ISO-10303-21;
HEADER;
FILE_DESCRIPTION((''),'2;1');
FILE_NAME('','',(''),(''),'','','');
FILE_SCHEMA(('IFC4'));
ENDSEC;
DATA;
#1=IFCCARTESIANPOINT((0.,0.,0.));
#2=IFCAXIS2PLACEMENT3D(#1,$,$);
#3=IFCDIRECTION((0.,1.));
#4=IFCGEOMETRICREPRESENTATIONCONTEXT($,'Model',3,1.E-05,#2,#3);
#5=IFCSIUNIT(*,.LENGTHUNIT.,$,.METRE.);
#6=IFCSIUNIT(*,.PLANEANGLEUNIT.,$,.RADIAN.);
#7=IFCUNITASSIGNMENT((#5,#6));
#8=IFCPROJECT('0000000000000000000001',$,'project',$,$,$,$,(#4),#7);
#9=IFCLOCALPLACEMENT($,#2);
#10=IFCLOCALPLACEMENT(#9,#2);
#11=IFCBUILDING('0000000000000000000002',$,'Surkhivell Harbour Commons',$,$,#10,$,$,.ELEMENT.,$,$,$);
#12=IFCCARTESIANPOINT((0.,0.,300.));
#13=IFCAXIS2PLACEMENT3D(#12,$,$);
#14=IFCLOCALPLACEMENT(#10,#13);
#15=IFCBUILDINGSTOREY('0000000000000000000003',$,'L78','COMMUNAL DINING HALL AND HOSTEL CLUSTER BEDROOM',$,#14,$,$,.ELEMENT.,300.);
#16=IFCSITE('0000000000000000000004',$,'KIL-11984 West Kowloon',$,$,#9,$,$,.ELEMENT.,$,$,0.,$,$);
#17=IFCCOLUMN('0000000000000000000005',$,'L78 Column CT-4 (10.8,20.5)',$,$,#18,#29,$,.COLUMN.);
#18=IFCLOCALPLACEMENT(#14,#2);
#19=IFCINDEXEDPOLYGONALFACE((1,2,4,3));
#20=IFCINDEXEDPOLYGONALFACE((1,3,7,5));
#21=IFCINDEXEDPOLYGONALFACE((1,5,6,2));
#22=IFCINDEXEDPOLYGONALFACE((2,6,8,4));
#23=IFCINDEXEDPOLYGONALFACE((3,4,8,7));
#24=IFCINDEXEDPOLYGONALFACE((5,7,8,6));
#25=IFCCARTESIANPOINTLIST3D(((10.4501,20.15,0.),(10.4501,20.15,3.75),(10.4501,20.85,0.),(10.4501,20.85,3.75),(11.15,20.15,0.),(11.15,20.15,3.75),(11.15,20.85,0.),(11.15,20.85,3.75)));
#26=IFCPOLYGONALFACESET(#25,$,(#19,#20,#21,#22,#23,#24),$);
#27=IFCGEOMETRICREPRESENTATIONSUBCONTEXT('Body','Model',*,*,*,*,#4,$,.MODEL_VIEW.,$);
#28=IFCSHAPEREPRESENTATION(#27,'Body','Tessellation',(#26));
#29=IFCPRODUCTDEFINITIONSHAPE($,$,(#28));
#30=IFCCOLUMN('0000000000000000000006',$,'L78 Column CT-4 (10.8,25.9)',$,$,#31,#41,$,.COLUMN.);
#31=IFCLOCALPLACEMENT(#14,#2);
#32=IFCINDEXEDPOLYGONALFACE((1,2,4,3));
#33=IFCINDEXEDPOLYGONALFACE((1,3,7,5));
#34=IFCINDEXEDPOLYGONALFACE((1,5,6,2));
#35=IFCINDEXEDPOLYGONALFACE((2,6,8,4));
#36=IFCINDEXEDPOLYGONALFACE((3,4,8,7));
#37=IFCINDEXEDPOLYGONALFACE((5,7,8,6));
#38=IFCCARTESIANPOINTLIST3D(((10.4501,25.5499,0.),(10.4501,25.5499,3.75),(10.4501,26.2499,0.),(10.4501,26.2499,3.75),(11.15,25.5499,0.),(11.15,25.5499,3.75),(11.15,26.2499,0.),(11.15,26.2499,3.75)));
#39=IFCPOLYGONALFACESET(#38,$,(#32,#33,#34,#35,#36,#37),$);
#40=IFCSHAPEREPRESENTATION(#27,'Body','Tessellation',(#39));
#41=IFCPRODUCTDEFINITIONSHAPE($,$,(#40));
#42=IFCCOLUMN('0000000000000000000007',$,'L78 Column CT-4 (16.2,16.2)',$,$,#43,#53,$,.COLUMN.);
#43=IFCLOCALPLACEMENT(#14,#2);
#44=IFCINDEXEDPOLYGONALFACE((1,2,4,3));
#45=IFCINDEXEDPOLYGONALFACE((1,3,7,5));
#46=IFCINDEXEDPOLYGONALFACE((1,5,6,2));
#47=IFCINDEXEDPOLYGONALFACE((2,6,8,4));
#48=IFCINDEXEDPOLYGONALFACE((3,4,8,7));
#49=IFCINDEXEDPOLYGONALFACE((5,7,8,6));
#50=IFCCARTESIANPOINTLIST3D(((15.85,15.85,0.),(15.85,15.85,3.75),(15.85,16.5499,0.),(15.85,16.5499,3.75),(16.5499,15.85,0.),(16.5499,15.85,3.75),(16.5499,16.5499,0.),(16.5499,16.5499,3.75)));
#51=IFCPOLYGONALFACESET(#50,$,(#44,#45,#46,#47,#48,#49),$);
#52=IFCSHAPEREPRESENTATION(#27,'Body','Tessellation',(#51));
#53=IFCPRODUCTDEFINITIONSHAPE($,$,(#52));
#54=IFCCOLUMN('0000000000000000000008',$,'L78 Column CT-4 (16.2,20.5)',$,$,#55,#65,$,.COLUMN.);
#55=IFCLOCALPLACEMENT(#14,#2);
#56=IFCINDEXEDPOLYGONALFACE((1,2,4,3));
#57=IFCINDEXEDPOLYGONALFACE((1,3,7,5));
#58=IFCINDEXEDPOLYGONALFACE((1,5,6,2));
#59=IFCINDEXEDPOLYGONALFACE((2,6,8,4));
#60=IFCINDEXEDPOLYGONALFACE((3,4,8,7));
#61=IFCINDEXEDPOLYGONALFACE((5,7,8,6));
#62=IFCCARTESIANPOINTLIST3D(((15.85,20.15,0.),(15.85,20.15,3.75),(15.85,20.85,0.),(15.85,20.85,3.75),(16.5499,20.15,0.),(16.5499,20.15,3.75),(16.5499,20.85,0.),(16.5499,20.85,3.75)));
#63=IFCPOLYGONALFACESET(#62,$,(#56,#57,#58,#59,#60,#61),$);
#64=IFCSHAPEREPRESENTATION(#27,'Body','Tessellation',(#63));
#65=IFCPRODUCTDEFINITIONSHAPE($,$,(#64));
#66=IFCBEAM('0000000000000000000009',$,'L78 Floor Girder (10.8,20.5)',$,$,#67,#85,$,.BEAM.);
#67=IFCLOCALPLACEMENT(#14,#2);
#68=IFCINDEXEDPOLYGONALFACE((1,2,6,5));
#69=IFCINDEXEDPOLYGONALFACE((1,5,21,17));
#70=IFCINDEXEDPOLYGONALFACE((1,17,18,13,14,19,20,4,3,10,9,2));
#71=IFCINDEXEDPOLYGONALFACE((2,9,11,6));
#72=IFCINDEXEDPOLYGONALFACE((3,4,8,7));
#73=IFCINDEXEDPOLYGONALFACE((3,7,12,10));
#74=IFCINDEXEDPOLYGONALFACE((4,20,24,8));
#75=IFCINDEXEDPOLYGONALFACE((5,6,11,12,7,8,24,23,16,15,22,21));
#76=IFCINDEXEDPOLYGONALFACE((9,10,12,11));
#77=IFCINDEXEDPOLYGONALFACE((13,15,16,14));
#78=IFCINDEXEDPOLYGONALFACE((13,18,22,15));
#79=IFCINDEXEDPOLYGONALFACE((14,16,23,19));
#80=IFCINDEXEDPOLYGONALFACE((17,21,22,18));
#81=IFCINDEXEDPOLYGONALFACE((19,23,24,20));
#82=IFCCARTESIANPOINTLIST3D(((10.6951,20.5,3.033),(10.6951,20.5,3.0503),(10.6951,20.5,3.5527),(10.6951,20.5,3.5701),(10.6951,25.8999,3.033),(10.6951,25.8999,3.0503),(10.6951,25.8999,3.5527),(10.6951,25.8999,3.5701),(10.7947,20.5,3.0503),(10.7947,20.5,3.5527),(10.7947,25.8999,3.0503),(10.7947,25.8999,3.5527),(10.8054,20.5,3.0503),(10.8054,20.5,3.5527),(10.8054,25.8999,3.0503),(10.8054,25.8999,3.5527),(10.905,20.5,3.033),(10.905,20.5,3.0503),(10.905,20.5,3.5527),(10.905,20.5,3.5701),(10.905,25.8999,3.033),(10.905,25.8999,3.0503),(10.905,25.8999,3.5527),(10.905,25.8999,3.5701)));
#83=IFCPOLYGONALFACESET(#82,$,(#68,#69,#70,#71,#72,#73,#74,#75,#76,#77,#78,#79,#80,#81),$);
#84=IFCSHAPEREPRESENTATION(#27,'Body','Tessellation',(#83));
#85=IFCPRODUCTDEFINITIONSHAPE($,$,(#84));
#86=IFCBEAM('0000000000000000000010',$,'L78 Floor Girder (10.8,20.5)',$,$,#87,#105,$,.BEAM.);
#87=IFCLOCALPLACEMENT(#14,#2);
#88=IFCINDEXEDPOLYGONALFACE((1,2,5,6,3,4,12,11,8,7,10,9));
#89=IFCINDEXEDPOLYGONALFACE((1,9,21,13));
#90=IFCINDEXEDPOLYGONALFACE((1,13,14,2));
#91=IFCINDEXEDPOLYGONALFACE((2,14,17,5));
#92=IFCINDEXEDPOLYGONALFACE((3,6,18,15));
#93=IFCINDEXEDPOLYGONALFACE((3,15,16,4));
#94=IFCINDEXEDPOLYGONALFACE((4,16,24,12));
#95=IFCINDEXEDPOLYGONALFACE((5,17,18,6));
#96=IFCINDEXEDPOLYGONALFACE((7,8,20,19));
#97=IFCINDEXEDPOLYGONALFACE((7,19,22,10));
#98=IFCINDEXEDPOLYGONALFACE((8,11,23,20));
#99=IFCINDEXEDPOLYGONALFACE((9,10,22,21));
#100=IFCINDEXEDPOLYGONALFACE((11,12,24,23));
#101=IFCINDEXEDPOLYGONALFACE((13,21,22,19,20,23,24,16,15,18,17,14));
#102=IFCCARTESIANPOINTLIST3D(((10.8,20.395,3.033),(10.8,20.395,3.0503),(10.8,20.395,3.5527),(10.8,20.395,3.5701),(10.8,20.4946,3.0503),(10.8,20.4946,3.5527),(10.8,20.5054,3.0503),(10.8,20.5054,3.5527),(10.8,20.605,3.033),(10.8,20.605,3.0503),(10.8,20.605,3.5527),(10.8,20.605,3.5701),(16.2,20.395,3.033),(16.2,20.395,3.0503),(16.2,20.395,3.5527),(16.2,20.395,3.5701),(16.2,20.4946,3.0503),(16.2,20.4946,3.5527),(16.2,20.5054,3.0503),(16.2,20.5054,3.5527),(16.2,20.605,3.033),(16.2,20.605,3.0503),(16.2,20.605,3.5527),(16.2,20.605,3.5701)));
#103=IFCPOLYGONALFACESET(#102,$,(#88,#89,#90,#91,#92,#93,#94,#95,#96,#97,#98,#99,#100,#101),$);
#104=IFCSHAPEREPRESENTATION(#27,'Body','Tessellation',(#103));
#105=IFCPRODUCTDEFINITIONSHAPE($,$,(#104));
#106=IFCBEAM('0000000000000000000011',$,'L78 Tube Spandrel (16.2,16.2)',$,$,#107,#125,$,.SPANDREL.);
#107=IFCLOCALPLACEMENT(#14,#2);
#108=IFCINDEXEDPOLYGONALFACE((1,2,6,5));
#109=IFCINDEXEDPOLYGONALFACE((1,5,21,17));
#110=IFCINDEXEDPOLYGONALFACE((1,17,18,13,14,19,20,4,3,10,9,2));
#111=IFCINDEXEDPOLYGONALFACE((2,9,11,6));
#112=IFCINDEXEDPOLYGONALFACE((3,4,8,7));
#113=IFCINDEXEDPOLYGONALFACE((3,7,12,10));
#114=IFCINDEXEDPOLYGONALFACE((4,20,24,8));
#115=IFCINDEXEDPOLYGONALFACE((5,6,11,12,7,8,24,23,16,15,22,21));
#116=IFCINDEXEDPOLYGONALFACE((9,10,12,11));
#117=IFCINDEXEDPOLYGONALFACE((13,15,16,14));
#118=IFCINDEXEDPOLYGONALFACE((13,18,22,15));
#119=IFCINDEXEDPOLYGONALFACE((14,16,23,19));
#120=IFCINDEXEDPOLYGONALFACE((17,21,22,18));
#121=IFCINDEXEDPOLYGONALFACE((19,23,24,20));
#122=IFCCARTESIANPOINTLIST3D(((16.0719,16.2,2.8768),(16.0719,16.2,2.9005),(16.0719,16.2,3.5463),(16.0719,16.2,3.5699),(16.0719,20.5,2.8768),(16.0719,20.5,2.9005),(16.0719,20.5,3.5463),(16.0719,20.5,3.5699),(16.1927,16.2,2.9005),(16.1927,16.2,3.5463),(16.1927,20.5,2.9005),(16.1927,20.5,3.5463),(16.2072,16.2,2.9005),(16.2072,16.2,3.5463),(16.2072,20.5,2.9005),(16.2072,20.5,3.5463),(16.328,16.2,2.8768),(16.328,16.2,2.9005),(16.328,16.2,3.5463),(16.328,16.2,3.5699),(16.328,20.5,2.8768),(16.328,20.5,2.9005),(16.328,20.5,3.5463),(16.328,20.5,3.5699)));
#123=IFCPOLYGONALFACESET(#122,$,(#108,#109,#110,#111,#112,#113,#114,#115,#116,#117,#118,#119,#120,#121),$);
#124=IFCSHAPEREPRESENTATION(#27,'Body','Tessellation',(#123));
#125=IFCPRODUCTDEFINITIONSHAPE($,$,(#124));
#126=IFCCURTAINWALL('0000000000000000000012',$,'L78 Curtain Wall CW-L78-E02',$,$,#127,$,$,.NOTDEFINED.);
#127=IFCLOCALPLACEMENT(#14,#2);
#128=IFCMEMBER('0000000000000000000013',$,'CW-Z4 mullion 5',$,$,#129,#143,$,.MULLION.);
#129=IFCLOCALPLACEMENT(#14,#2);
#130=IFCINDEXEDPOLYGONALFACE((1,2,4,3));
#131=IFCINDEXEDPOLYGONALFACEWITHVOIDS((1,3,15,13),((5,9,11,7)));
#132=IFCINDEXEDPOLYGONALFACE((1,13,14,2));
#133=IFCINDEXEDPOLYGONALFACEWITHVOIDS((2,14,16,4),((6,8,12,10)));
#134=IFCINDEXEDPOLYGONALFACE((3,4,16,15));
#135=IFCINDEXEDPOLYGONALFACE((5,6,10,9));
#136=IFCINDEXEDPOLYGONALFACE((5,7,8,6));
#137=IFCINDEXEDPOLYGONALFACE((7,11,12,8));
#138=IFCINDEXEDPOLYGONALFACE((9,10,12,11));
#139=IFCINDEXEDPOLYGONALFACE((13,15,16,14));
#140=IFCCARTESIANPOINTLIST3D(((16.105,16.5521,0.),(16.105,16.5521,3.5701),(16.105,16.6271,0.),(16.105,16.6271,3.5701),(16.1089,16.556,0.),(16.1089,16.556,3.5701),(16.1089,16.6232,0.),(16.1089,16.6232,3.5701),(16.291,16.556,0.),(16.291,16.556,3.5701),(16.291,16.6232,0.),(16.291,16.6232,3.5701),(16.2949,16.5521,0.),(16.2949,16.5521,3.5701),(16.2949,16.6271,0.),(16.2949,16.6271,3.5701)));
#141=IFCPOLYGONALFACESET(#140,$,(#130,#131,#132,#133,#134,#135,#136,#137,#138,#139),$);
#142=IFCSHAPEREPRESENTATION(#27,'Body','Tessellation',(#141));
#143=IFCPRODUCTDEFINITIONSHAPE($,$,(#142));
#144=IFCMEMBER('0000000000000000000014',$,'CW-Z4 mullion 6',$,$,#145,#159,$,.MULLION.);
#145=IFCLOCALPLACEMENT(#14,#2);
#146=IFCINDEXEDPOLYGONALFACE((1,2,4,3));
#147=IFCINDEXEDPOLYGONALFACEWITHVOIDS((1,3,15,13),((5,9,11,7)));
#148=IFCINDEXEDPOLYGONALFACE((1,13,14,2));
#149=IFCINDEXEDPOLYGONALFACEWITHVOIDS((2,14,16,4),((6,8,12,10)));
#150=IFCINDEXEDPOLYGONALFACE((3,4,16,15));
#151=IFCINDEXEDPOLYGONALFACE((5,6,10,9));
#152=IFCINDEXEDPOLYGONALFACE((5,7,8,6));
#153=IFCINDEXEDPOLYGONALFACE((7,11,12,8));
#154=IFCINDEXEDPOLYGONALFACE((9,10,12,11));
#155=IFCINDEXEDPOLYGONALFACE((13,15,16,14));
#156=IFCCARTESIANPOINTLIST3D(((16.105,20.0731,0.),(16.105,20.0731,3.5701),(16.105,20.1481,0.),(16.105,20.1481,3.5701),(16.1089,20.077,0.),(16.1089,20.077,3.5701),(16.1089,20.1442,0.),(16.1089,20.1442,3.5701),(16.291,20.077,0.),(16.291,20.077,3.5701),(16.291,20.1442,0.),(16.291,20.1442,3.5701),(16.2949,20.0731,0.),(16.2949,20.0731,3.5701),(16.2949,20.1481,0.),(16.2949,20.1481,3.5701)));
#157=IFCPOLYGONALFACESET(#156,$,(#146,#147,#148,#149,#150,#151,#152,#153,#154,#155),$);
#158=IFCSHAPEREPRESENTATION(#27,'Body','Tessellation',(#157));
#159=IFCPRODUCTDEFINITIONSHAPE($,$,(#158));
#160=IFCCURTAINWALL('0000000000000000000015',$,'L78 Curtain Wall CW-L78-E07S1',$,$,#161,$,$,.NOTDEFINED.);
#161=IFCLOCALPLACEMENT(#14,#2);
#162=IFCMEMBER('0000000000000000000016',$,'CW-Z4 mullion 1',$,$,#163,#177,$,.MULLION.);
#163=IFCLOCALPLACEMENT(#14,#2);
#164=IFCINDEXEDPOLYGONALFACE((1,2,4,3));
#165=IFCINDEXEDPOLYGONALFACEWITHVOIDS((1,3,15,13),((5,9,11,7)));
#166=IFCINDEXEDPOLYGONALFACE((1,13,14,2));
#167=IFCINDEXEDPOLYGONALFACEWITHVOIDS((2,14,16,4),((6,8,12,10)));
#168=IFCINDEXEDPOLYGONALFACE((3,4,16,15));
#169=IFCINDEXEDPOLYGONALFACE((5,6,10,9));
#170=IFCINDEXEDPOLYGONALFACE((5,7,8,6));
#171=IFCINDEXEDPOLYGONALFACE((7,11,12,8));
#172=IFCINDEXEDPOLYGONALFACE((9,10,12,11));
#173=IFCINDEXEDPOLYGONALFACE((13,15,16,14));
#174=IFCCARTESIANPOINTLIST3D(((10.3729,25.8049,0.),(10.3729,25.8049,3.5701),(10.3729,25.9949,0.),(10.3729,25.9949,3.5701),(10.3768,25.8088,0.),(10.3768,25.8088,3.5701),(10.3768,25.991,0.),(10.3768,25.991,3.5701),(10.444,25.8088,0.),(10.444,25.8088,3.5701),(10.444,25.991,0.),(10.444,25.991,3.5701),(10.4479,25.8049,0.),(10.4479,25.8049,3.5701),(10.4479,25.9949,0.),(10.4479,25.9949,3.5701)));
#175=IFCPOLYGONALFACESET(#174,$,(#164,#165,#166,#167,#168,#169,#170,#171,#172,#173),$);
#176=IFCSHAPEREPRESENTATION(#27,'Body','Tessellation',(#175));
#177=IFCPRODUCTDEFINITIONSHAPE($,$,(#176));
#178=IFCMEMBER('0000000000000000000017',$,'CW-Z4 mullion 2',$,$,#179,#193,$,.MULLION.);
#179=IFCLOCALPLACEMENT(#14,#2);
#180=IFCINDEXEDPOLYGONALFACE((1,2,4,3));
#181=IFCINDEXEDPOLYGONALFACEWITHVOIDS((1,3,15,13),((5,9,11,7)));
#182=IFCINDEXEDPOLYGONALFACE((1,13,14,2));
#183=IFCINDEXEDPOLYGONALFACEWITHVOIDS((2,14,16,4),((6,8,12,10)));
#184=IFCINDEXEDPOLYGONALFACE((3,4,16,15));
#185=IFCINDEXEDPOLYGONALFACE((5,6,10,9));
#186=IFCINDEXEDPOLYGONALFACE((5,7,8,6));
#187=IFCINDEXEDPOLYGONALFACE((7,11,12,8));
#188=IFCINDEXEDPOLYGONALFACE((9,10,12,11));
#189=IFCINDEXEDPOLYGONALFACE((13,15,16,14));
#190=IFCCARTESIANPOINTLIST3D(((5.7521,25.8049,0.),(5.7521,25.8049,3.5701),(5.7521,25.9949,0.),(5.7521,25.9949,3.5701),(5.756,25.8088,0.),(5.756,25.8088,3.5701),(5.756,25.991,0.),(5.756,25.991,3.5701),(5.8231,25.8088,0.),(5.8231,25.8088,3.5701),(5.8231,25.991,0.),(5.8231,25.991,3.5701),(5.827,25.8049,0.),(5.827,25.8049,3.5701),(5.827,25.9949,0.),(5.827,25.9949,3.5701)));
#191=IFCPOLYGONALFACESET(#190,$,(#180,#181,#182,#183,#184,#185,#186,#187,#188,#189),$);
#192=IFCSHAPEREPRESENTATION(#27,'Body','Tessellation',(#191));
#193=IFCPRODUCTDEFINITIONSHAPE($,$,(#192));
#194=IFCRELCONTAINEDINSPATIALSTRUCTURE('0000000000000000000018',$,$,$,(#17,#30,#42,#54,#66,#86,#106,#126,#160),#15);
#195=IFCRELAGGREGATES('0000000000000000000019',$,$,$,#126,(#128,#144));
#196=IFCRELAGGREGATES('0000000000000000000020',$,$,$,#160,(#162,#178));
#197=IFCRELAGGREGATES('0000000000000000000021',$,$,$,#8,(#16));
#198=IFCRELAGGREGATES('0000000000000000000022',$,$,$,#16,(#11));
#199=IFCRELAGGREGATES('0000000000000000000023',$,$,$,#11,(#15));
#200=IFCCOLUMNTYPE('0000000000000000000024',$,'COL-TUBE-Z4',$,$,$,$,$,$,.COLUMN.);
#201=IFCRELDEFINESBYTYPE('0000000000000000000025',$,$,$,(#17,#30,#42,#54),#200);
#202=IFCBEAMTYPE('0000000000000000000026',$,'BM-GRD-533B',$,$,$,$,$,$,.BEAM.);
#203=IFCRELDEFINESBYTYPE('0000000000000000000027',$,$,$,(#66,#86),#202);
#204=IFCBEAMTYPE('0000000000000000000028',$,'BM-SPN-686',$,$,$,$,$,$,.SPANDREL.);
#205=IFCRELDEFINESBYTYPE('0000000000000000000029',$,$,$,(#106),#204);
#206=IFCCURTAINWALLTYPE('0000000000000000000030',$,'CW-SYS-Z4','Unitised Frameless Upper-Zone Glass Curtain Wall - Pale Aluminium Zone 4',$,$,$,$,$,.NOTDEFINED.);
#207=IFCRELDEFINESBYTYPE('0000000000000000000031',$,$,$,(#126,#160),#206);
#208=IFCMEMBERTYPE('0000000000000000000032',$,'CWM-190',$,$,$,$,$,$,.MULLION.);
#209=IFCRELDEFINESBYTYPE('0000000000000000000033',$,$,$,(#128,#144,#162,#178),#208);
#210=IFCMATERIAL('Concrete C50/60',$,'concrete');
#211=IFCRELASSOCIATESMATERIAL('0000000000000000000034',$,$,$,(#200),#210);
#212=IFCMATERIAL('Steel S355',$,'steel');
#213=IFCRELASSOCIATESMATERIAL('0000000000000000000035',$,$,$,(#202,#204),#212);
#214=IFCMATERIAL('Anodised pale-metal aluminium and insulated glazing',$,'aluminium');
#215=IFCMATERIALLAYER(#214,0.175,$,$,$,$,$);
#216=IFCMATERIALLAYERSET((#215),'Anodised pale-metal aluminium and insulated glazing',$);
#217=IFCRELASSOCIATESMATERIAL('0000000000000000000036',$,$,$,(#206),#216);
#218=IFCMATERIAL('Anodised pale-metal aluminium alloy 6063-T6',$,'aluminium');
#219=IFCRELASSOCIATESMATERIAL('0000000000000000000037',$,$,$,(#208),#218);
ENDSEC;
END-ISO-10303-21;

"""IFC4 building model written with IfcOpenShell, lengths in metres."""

from ifc_helpers import new_model, si_unit, direction, frame, origin, origin_2d, place, context, subcontext, project, spatial, rectangle, hollow_rectangle, i_section, extrude, material, layer, layer_set, material_profile, profile_set, type_object, element, aggregate, save


model = new_model("IFC4")

# Units and contexts
model_context = context("Model", 3, precision=1e-05, world=origin(), true_north=direction((0.0, 1.0)))
body_context = subcontext(model_context, "Body", "Model", "MODEL_VIEW")
ifc_project = project(units=[si_unit("LENGTHUNIT", "METRE"), si_unit("PLANEANGLEUNIT", "RADIAN")], contexts=[model_context])

# Site, building, storey
site_placement = place(None, origin())
site = spatial("IfcSite", under=ifc_project, at=site_placement, Name="KIL-11984 West Kowloon", CompositionType="ELEMENT", RefElevation=0.0)
building_placement = place(site_placement, origin())
building = spatial("IfcBuilding", under=site, at=building_placement, Name="Surkhivell Harbour Commons", CompositionType="ELEMENT")
storey_placement = place(building_placement, frame((0.0, 0.0, 300.0)))
storey = spatial("IfcBuildingStorey", under=building, at=storey_placement, Name="L78", Description="COMMUNAL DINING HALL AND HOSTEL CLUSTER BEDROOM", CompositionType="ELEMENT", Elevation=300.0)

# Columns
ifc_material_1 = material(Name="Concrete C50/60", Category="concrete")
ifc_material_profile_1 = material_profile(ifc_material_1, rectangle(XDim=0.7, YDim=0.7, at=origin_2d()), Name="RC-COL-700x700")
ifc_profile_set_1 = profile_set([ifc_material_profile_1], Name="Concrete C50/60")
column_type = type_object("IfcColumnType", Name="COL-TUBE-Z4", PredefinedType="COLUMN", material=ifc_profile_set_1)
for number, where, z_axis, x_axis, name in (
    (1, (10.8, 20.5, 0.0), (0.0, 0.0, 1.0), (1.0, 0.0, 0.0), "L78 Column CT-4 (10.8,20.5)"),
    (2, (10.8, 25.8999, 0.0), (0.0, 0.0, 1.0), (1.0, 0.0, 0.0), "L78 Column CT-4 (10.8,25.9)"),
    (3, (16.2, 16.2, 0.0), (0.0, 0.0, 1.0), (1.0, 0.0, 0.0), "L78 Column CT-4 (16.2,16.2)"),
    (4, (16.2, 20.5, 0.0), (0.0, 0.0, 1.0), (1.0, 0.0, 0.0), "L78 Column CT-4 (16.2,20.5)"),
):
    element("IfcColumn", number, at=place(storey_placement, frame(where, z_axis=z_axis, x_axis=x_axis)), inside=storey, type_object=column_type, Name=name, PredefinedType="COLUMN", context=body_context, shape_type="SweptSolid", body=[
        extrude(rectangle(XDim=0.7, YDim=0.7, at=origin_2d()), origin(), (0.0, 0.0, 1.0), 3.75),
    ])

# Beams
ifc_material_2 = material(Name="Steel S355", Category="steel")
ifc_material_profile_2 = material_profile(ifc_material_2, i_section(OverallWidth=0.21, OverallDepth=0.5371, WebThickness=0.0107, FlangeThickness=0.0173, at=origin_2d()), Name="UB533x210x101")
ifc_profile_set_2 = profile_set([ifc_material_profile_2], Name="Steel S355")
beam_type_1 = type_object("IfcBeamType", Name="BM-GRD-533B", PredefinedType="BEAM", material=ifc_profile_set_2)
for number, where, z_axis, x_axis, name in (
    (5, (10.8, 20.5, 3.3015), (0.0, 1.0, 0.0), (-1.0, 0.0, 0.0), "L78 Floor Girder (10.8,20.5)"),
    (6, (10.8, 20.5, 3.3015), (1.0, 0.0, 0.0), (0.0, 1.0, 0.0), "L78 Floor Girder (10.8,20.5)"),
):
    element("IfcBeam", number, at=place(storey_placement, frame(where, z_axis=z_axis, x_axis=x_axis)), inside=storey, type_object=beam_type_1, Name=name, PredefinedType="BEAM", context=body_context, shape_type="SweptSolid", body=[
        extrude(i_section(OverallWidth=0.21, OverallDepth=0.5371, WebThickness=0.0107, FlangeThickness=0.0173, at=origin_2d()), origin(), (0.0, 0.0, 1.0), 5.3999),
    ])
ifc_material_profile_3 = material_profile(ifc_material_2, i_section(OverallWidth=0.2561, OverallDepth=0.6931, WebThickness=0.0144, FlangeThickness=0.0237, at=origin_2d()), Name="UB686x254x170")
ifc_profile_set_3 = profile_set([ifc_material_profile_3], Name="Steel S355")
beam_type_2 = type_object("IfcBeamType", Name="BM-SPN-686", PredefinedType="SPANDREL", material=ifc_profile_set_3)
beam_placement = place(storey_placement, frame((16.2, 16.2, 3.2234), z_axis=(0.0, 1.0, 0.0), x_axis=(-1.0, 0.0, 0.0)))
element("IfcBeam", 7, at=beam_placement, inside=storey, type_object=beam_type_2, Name="L78 Tube Spandrel (16.2,16.2)", PredefinedType="SPANDREL", context=body_context, shape_type="SweptSolid", body=[
    extrude(i_section(OverallWidth=0.2561, OverallDepth=0.6931, WebThickness=0.0144, FlangeThickness=0.0237, at=origin_2d()), origin(), (0.0, 0.0, 1.0), 4.3),
])

# Curtain walls, members
ifc_material_3 = material(Name="Anodised pale-metal aluminium and insulated glazing", Category="aluminium")
ifc_layer_1 = layer(ifc_material_3, 0.175)
ifc_layer_set_1 = layer_set([ifc_layer_1], Name="Anodised pale-metal aluminium and insulated glazing")
curtain_wall_type = type_object("IfcCurtainWallType", Name="CW-SYS-Z4", Description="Unitised Frameless Upper-Zone Glass Curtain Wall - Pale Aluminium Zone 4", PredefinedType="NOTDEFINED", material=ifc_layer_set_1)
curtain_wall_1_placement = place(storey_placement, origin())
curtain_wall_1 = element("IfcCurtainWall", 8, at=curtain_wall_1_placement, inside=storey, type_object=curtain_wall_type, Name="L78 Curtain Wall CW-L78-E02", PredefinedType="NOTDEFINED")
ifc_material_4 = material(Name="Anodised pale-metal aluminium alloy 6063-T6", Category="aluminium")
ifc_material_profile_4 = material_profile(ifc_material_4, hollow_rectangle(XDim=0.075, YDim=0.1899, WallThickness=0.0039, at=origin_2d()), Name="ALU-MULL-75x190")
ifc_profile_set_4 = profile_set([ifc_material_profile_4], Name="Anodised pale-metal aluminium alloy 6063-T6")
member_type_1 = type_object("IfcMemberType", Name="CWM-190", PredefinedType="MULLION", material=ifc_profile_set_4)
member_1_placement = place(storey_placement, frame((16.2, 16.5896, 0.0), z_axis=(0.0, 0.0, 1.0), x_axis=(0.0, 1.0, 0.0)))
member_1 = element("IfcMember", 9, at=member_1_placement, type_object=member_type_1, Name="CW-Z4 mullion 5", PredefinedType="MULLION", context=body_context, shape_type="SweptSolid", body=[
    extrude(hollow_rectangle(XDim=0.075, YDim=0.1899, WallThickness=0.0039, at=origin_2d()), origin(), (0.0, 0.0, 1.0), 3.5701),
])
member_2_placement = place(storey_placement, frame((16.2, 20.1106, 0.0), z_axis=(0.0, 0.0, 1.0), x_axis=(0.0, 1.0, 0.0)))
member_2 = element("IfcMember", 10, at=member_2_placement, type_object=member_type_1, Name="CW-Z4 mullion 6", PredefinedType="MULLION", context=body_context, shape_type="SweptSolid", body=[
    extrude(hollow_rectangle(XDim=0.075, YDim=0.1899, WallThickness=0.0039, at=origin_2d()), origin(), (0.0, 0.0, 1.0), 3.5701),
])
curtain_wall_2_placement = place(storey_placement, origin())
curtain_wall_2 = element("IfcCurtainWall", 11, at=curtain_wall_2_placement, inside=storey, type_object=curtain_wall_type, Name="L78 Curtain Wall CW-L78-E07S1", PredefinedType="NOTDEFINED")
member_3_placement = place(storey_placement, frame((10.4104, 25.8999, 0.0), z_axis=(0.0, 0.0, 1.0), x_axis=(-1.0, 0.0, 0.0)))
member_3 = element("IfcMember", 12, at=member_3_placement, type_object=member_type_1, Name="CW-Z4 mullion 1", PredefinedType="MULLION", context=body_context, shape_type="SweptSolid", body=[
    extrude(hollow_rectangle(XDim=0.075, YDim=0.1899, WallThickness=0.0039, at=origin_2d()), origin(), (0.0, 0.0, 1.0), 3.5701),
])
member_4_placement = place(storey_placement, frame((5.7896, 25.8999, 0.0), z_axis=(0.0, 0.0, 1.0), x_axis=(-1.0, 0.0, 0.0)))
member_4 = element("IfcMember", 13, at=member_4_placement, type_object=member_type_1, Name="CW-Z4 mullion 2", PredefinedType="MULLION", context=body_context, shape_type="SweptSolid", body=[
    extrude(hollow_rectangle(XDim=0.075, YDim=0.1899, WallThickness=0.0039, at=origin_2d()), origin(), (0.0, 0.0, 1.0), 3.5701),
])

aggregate(curtain_wall_1, [member_1, member_2])
aggregate(curtain_wall_2, [member_3, member_4])

save(model, "model.ifc")
